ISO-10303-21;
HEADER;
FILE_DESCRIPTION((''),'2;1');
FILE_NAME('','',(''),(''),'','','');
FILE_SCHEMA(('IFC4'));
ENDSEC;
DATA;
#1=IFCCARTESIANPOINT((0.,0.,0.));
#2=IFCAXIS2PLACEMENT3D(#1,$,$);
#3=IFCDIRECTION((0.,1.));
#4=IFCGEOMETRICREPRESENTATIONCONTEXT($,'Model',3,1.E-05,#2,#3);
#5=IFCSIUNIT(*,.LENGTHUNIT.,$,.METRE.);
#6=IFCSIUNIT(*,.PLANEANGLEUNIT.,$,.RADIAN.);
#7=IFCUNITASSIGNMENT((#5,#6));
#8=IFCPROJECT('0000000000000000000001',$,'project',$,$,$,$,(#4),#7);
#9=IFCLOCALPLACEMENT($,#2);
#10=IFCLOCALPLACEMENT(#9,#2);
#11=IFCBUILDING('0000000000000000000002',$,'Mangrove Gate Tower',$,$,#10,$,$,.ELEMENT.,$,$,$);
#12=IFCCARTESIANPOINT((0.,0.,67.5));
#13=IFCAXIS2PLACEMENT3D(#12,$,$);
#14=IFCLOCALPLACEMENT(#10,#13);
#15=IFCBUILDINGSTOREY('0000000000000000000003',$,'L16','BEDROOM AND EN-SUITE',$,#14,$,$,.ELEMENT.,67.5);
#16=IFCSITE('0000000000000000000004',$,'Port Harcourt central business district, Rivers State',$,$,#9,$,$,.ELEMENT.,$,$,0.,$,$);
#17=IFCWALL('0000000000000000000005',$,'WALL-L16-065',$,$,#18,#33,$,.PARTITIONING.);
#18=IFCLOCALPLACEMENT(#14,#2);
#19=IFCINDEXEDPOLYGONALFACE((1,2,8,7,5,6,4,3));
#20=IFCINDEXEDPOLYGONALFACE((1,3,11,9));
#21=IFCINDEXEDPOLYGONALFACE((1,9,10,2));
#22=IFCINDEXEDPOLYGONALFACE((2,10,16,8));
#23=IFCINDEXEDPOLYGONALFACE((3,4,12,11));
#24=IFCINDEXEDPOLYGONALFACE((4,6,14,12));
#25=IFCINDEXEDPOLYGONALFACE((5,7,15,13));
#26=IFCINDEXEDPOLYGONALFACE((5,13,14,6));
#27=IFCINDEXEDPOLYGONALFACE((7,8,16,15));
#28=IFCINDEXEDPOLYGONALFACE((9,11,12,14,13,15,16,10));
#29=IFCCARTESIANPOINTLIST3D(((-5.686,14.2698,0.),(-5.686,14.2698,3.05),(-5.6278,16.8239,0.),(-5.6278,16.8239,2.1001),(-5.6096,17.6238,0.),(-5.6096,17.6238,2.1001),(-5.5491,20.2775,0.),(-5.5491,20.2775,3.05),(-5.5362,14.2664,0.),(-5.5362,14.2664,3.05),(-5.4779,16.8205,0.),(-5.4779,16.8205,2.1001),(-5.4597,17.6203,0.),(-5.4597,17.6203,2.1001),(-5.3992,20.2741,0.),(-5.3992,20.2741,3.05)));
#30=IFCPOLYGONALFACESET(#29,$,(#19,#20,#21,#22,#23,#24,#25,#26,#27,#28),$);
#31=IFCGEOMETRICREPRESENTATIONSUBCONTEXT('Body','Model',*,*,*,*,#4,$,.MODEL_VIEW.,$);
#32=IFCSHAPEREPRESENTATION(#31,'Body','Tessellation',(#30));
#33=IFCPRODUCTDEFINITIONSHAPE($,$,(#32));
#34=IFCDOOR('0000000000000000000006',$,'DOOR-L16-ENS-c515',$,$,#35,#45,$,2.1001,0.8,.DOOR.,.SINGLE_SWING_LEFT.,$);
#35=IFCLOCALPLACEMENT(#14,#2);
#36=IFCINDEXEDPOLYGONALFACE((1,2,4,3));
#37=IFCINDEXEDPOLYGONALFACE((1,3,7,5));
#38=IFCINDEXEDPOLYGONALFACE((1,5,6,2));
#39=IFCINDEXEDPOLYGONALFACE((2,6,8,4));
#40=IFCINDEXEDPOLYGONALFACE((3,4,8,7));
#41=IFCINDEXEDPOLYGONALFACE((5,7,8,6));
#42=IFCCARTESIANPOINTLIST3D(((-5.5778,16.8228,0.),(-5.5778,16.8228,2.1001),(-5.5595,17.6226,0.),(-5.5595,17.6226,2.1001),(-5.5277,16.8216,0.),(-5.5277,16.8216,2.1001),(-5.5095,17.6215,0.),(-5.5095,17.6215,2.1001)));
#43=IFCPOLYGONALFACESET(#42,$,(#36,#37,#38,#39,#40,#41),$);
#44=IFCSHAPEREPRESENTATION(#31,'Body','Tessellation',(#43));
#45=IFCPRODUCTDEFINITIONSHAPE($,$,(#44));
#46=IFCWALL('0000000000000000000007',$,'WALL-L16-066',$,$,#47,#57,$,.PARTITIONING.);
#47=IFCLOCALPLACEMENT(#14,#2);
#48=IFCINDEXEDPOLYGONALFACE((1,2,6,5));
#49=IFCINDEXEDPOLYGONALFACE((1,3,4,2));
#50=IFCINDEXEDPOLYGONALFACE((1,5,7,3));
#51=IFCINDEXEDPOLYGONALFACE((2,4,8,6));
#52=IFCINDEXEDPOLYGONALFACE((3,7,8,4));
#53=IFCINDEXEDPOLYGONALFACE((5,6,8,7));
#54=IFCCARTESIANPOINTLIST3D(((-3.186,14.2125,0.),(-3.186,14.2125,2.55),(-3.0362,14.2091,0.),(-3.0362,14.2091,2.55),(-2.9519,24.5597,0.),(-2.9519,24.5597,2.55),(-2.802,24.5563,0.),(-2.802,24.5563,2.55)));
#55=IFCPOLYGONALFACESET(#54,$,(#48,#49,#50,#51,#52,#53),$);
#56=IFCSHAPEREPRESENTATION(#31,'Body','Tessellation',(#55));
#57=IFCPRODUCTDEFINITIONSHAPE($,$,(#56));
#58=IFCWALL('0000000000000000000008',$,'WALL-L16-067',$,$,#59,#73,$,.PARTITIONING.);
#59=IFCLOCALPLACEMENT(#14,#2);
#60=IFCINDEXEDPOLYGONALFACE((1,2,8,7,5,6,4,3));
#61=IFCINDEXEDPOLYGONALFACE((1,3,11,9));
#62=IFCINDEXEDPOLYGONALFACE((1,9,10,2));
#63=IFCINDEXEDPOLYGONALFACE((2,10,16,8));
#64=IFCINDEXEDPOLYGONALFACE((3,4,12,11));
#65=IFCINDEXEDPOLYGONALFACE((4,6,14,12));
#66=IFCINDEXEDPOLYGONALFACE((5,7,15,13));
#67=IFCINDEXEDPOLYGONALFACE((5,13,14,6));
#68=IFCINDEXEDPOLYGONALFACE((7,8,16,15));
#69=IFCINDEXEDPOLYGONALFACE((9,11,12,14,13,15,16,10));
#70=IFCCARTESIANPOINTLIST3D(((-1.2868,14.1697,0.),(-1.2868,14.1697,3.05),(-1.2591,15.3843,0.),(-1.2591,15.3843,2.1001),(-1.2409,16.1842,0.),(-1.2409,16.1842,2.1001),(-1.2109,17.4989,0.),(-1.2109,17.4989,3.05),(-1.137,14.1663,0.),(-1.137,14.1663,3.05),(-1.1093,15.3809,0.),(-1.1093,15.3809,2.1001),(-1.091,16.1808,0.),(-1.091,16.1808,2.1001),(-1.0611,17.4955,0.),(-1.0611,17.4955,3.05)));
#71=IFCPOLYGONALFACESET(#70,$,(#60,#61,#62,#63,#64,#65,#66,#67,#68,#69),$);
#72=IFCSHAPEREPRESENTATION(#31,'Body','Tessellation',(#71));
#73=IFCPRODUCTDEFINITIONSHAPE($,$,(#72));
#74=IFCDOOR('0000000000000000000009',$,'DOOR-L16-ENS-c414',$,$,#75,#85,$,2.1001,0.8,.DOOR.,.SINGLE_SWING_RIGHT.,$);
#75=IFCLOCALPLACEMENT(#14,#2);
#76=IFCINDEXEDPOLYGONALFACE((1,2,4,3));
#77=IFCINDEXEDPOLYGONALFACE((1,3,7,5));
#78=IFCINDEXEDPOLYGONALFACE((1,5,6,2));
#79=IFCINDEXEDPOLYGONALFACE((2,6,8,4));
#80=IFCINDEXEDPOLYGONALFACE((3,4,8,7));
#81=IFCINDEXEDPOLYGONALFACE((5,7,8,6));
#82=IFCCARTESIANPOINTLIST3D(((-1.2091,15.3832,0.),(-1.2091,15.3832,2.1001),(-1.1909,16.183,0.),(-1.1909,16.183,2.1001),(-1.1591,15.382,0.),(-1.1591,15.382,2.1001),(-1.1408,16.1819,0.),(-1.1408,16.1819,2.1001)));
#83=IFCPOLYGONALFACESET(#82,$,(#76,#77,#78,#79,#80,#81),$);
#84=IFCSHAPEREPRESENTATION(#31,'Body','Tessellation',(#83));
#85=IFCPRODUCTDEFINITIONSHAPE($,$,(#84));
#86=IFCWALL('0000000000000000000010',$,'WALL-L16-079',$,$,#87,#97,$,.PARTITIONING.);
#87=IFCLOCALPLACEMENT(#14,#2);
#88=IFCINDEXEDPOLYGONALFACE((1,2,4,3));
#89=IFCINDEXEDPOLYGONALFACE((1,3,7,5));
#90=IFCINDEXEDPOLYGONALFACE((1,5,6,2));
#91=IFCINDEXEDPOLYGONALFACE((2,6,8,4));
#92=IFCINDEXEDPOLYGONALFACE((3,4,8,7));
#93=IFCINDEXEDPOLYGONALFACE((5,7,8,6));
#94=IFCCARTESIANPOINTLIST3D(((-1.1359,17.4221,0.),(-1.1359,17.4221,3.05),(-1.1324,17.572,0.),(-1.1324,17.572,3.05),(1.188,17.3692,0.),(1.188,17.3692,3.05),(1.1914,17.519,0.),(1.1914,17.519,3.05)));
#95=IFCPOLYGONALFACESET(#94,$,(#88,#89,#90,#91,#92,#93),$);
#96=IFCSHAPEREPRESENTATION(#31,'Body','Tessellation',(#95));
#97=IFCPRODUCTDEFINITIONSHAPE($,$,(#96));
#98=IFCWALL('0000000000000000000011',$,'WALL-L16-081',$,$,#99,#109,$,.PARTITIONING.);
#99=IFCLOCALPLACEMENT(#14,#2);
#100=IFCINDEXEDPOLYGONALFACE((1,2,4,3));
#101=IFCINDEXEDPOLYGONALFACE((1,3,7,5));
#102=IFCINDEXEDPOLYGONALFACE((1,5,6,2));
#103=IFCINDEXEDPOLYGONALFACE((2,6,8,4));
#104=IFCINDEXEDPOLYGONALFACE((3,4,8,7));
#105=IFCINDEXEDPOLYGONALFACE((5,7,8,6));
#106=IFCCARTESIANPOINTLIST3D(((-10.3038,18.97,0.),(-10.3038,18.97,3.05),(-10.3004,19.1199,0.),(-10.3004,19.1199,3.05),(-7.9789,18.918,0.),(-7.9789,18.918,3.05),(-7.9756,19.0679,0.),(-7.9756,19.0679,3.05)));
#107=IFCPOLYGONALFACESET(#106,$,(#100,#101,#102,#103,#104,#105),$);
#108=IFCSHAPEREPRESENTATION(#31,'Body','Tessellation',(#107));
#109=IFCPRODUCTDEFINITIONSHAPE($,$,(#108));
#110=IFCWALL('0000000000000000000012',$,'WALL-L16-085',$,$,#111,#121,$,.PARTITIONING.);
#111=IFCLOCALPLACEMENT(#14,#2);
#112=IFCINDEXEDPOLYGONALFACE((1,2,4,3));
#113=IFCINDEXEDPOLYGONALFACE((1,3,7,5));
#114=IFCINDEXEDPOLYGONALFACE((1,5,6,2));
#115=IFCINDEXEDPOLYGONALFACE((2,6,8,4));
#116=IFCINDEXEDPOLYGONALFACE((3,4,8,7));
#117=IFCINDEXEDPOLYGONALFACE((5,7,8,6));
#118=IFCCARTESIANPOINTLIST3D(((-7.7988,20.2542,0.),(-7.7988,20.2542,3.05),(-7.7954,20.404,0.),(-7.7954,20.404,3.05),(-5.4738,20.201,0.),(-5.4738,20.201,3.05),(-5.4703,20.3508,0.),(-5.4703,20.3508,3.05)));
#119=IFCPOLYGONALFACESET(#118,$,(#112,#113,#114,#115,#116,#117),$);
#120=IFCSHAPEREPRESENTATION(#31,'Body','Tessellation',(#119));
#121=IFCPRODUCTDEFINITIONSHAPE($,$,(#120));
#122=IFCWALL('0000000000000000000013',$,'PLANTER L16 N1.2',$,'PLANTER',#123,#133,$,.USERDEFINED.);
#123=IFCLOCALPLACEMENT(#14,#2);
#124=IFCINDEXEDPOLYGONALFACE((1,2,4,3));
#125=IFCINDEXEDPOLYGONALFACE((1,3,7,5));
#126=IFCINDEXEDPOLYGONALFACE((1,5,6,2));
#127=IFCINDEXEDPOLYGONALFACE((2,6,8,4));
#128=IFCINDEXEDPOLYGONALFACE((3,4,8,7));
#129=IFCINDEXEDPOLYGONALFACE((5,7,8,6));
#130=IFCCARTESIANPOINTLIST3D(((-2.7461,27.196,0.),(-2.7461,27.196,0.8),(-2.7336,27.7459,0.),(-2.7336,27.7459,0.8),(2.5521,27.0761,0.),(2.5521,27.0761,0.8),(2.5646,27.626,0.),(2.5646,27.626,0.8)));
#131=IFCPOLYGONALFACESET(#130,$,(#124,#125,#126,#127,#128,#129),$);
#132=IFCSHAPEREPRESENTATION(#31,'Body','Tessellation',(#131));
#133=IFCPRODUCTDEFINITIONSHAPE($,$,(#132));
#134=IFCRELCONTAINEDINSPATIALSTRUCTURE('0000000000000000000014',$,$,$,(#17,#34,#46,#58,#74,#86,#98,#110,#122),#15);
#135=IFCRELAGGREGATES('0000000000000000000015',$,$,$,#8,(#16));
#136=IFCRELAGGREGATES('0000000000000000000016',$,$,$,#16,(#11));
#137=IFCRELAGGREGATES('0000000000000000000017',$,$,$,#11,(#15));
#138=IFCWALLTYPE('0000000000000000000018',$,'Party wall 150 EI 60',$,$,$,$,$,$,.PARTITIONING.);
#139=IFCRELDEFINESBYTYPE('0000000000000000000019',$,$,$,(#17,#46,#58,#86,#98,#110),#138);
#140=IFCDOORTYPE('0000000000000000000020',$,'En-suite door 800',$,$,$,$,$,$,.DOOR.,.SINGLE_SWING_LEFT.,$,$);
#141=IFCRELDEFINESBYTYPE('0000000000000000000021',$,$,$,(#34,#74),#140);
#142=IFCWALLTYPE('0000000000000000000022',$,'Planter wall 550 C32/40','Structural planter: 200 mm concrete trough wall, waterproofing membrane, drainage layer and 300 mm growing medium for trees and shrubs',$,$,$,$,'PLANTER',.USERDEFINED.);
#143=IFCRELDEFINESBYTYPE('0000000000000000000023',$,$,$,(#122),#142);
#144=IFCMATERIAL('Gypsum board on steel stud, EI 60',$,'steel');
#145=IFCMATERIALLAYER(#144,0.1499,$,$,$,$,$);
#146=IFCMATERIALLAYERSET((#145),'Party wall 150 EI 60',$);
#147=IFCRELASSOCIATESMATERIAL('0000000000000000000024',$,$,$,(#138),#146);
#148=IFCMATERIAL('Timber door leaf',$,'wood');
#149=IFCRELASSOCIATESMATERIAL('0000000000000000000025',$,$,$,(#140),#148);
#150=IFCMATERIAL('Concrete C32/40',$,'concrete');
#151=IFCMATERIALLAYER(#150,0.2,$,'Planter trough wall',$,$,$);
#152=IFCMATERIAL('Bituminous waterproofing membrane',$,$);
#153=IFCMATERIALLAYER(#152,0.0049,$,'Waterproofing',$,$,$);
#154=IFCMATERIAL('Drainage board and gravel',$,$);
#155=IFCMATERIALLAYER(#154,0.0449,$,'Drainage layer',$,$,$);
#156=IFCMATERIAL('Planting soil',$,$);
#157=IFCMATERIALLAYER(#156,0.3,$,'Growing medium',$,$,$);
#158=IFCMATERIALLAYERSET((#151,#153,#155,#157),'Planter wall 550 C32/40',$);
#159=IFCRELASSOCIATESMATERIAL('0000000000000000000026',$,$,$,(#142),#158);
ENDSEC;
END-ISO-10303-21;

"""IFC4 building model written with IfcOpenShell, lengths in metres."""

from ifc_helpers import new_model, si_unit, direction, frame, frame_2d, origin, place, context, subcontext, project, spatial, rectangle, extrude, material, layer, layer_set, type_object, element, fill, save


model = new_model("IFC4")

# Units and contexts
model_context = context("Model", 3, precision=1e-05, world=origin(), true_north=direction((0.0, 1.0)))
body_context = subcontext(model_context, "Body", "Model", "MODEL_VIEW")
ifc_project = project(units=[si_unit("LENGTHUNIT", "METRE"), si_unit("PLANEANGLEUNIT", "RADIAN")], contexts=[model_context])

# Site, building, storey
site_placement = place(None, origin())
site = spatial("IfcSite", under=ifc_project, at=site_placement, Name="Port Harcourt central business district, Rivers State", CompositionType="ELEMENT", RefElevation=0.0)
building_placement = place(site_placement, origin())
building = spatial("IfcBuilding", under=site, at=building_placement, Name="Mangrove Gate Tower", CompositionType="ELEMENT")
storey_placement = place(building_placement, frame((0.0, 0.0, 67.5)))
storey = spatial("IfcBuildingStorey", under=building, at=storey_placement, Name="L16", Description="BEDROOM AND EN-SUITE", CompositionType="ELEMENT", Elevation=67.5)

# Shared definitions
ifc_material_1 = material(Name="Gypsum board on steel stud, EI 60", Category="steel")
ifc_layer_1 = layer(ifc_material_1, 0.1499)
ifc_layer_set_1 = layer_set([ifc_layer_1], Name="Party wall 150 EI 60")
wall_type_1 = type_object("IfcWallType", Name="Party wall 150 EI 60", PredefinedType="PARTITIONING", material=ifc_layer_set_1)
ifc_material_2 = material(Name="Timber door leaf", Category="wood")
door_type = type_object("IfcDoorType", Name="En-suite door 800", OperationType="SINGLE_SWING_LEFT", PredefinedType="DOOR", material=ifc_material_2)

# Wall, opening, door
wall_1_placement = place(storey_placement, frame((-5.6111, 14.2681, 0.0), z_axis=(0.0, 0.0, 1.0), x_axis=(0.022792, 0.99974, 0.0)))
wall_1 = element("IfcWall", 1, at=wall_1_placement, inside=storey, type_object=wall_type_1, Name="WALL-L16-065", PredefinedType="PARTITIONING", context=body_context, shape_type="SweptSolid", body=[
    extrude(rectangle(XDim=6.0093, YDim=0.1499, at=frame_2d((3.0046, 0.0))), origin(), (0.0, 0.0, 1.0), 3.05),
])
opening_1_placement = place(wall_1_placement, frame((2.5549, 0.0, 0.0)))
opening_1 = element("IfcOpeningElement", 2, at=opening_1_placement, cuts=wall_1, PredefinedType="OPENING", context=body_context, shape_type="SweptSolid", body=[
    extrude(rectangle(XDim=0.8, YDim=2.1001, at=frame_2d((0.3999, 1.05))), frame((0.0, 0.085, 0.0), z_axis=(0.0, -1.0, 0.0), x_axis=(1.0, 0.0, 0.0)), (0.0, 0.0, 1.0), 0.1699),
])
door_1_placement = place(opening_1_placement, origin())
door_1 = element("IfcDoor", 3, at=door_1_placement, inside=storey, type_object=door_type, Name="DOOR-L16-ENS-c515", OperationType="SINGLE_SWING_LEFT", OverallHeight=2.1001, OverallWidth=0.8, PredefinedType="DOOR", context=body_context, shape_type="SweptSolid", body=[
    extrude(rectangle(XDim=0.8, YDim=2.1001, at=frame_2d((0.3999, 1.05))), frame((0.0, 0.0249, 0.0), z_axis=(0.0, -1.0, 0.0), x_axis=(1.0, 0.0, 0.0)), (0.0, 0.0, 1.0), 0.05),
])
fill(opening_1, door_1)

# Wall
wall_2_placement = place(storey_placement, frame((-3.1111, 14.2109, 0.0), z_axis=(0.0, 0.0, 1.0), x_axis=(0.022622, 0.999744, 0.0)))
element("IfcWall", 4, at=wall_2_placement, inside=storey, type_object=wall_type_1, Name="WALL-L16-066", PredefinedType="PARTITIONING", context=body_context, shape_type="SweptSolid", body=[
    extrude(rectangle(XDim=10.3499, YDim=0.1499, at=frame_2d((5.1748, 0.0))), origin(), (0.0, 0.0, 1.0), 2.55),
])

# Wall, opening, door
wall_3_placement = place(storey_placement, frame((-1.2119, 14.168, 0.0), z_axis=(0.0, 0.0, 1.0), x_axis=(0.022801, 0.99974, 0.0)))
wall_3 = element("IfcWall", 5, at=wall_3_placement, inside=storey, type_object=wall_type_1, Name="WALL-L16-067", PredefinedType="PARTITIONING", context=body_context, shape_type="SweptSolid", body=[
    extrude(rectangle(XDim=3.3301, YDim=0.1499, at=frame_2d((1.665, 0.0))), origin(), (0.0, 0.0, 1.0), 3.05),
])
opening_2_placement = place(wall_3_placement, frame((1.2151, 0.0, 0.0)))
opening_2 = element("IfcOpeningElement", 6, at=opening_2_placement, cuts=wall_3, PredefinedType="OPENING", context=body_context, shape_type="SweptSolid", body=[
    extrude(rectangle(XDim=0.8, YDim=2.1001, at=frame_2d((0.3999, 1.05))), frame((0.0, 0.085, 0.0), z_axis=(0.0, -1.0, 0.0), x_axis=(1.0, 0.0, 0.0)), (0.0, 0.0, 1.0), 0.1699),
])
door_2_placement = place(opening_2_placement, origin())
door_2 = element("IfcDoor", 7, at=door_2_placement, inside=storey, type_object=door_type, Name="DOOR-L16-ENS-c414", OperationType="SINGLE_SWING_RIGHT", OverallHeight=2.1001, OverallWidth=0.8, PredefinedType="DOOR", context=body_context, shape_type="SweptSolid", body=[
    extrude(rectangle(XDim=0.8, YDim=2.1001, at=frame_2d((0.3999, 1.05))), frame((0.0, 0.0249, 0.0), z_axis=(0.0, -1.0, 0.0), x_axis=(1.0, 0.0, 0.0)), (0.0, 0.0, 1.0), 0.05),
])
fill(opening_2, door_2)

# Walls
wall_4_placement = place(storey_placement, frame((-1.134, 17.4971, 0.0), z_axis=(0.0, 0.0, 1.0), x_axis=(0.99974, -0.022791, 0.0)))
element("IfcWall", 8, at=wall_4_placement, inside=storey, type_object=wall_type_1, Name="WALL-L16-079", PredefinedType="PARTITIONING", context=body_context, shape_type="SweptSolid", body=[
    extrude(rectangle(XDim=2.3245, YDim=0.1499, at=frame_2d((1.1621, 0.0))), origin(), (0.0, 0.0, 1.0), 3.05),
])
wall_5_placement = place(storey_placement, frame((-10.302, 19.0449, 0.0), z_axis=(0.0, 0.0, 1.0), x_axis=(0.99975, -0.022361, 0.0)))
element("IfcWall", 9, at=wall_5_placement, inside=storey, type_object=wall_type_1, Name="WALL-L16-081", PredefinedType="PARTITIONING", context=body_context, shape_type="SweptSolid", body=[
    extrude(rectangle(XDim=2.3254, YDim=0.1499, at=frame_2d((1.1626, 0.0))), origin(), (0.0, 0.0, 1.0), 3.05),
])
wall_6_placement = place(storey_placement, frame((-7.7971, 20.3291, 0.0), z_axis=(0.0, 0.0, 1.0), x_axis=(0.999738, -0.022884, 0.0)))
element("IfcWall", 10, at=wall_6_placement, inside=storey, type_object=wall_type_1, Name="WALL-L16-085", PredefinedType="PARTITIONING", context=body_context, shape_type="SweptSolid", body=[
    extrude(rectangle(XDim=2.3257, YDim=0.1499, at=frame_2d((1.1628, 0.0))), origin(), (0.0, 0.0, 1.0), 3.05),
])
ifc_material_3 = material(Name="Concrete C32/40", Category="concrete")
ifc_layer_2 = layer(ifc_material_3, 0.2, Name="Planter trough wall")
ifc_material_4 = material(Name="Bituminous waterproofing membrane")
ifc_layer_3 = layer(ifc_material_4, 0.0049, Name="Waterproofing")
ifc_material_5 = material(Name="Drainage board and gravel")
ifc_layer_4 = layer(ifc_material_5, 0.0449, Name="Drainage layer")
ifc_material_6 = material(Name="Planting soil")
ifc_layer_5 = layer(ifc_material_6, 0.3, Name="Growing medium")
ifc_layer_set_2 = layer_set([ifc_layer_2, ifc_layer_3, ifc_layer_4, ifc_layer_5], Name="Planter wall 550 C32/40")
wall_type_2 = type_object("IfcWallType", Name="Planter wall 550 C32/40", Description="Structural planter: 200 mm concrete trough wall, waterproofing membrane, drainage layer and 300 mm growing medium for trees and shrubs", ElementType="PLANTER", PredefinedType="USERDEFINED", material=ifc_layer_set_2)
wall_7_placement = place(storey_placement, frame((-2.74, 27.4709, 0.0), z_axis=(0.0, 0.0, 1.0), x_axis=(0.999744, -0.02262, 0.0)))
element("IfcWall", 11, at=wall_7_placement, inside=storey, type_object=wall_type_2, Name="PLANTER L16 N1.2", ObjectType="PLANTER", PredefinedType="USERDEFINED", context=body_context, shape_type="SweptSolid", body=[
    extrude(rectangle(XDim=5.2996, YDim=0.55, at=frame_2d((2.6499, 0.0))), origin(), (0.0, 0.0, 1.0), 0.8),
])

save(model, "model.ifc")
